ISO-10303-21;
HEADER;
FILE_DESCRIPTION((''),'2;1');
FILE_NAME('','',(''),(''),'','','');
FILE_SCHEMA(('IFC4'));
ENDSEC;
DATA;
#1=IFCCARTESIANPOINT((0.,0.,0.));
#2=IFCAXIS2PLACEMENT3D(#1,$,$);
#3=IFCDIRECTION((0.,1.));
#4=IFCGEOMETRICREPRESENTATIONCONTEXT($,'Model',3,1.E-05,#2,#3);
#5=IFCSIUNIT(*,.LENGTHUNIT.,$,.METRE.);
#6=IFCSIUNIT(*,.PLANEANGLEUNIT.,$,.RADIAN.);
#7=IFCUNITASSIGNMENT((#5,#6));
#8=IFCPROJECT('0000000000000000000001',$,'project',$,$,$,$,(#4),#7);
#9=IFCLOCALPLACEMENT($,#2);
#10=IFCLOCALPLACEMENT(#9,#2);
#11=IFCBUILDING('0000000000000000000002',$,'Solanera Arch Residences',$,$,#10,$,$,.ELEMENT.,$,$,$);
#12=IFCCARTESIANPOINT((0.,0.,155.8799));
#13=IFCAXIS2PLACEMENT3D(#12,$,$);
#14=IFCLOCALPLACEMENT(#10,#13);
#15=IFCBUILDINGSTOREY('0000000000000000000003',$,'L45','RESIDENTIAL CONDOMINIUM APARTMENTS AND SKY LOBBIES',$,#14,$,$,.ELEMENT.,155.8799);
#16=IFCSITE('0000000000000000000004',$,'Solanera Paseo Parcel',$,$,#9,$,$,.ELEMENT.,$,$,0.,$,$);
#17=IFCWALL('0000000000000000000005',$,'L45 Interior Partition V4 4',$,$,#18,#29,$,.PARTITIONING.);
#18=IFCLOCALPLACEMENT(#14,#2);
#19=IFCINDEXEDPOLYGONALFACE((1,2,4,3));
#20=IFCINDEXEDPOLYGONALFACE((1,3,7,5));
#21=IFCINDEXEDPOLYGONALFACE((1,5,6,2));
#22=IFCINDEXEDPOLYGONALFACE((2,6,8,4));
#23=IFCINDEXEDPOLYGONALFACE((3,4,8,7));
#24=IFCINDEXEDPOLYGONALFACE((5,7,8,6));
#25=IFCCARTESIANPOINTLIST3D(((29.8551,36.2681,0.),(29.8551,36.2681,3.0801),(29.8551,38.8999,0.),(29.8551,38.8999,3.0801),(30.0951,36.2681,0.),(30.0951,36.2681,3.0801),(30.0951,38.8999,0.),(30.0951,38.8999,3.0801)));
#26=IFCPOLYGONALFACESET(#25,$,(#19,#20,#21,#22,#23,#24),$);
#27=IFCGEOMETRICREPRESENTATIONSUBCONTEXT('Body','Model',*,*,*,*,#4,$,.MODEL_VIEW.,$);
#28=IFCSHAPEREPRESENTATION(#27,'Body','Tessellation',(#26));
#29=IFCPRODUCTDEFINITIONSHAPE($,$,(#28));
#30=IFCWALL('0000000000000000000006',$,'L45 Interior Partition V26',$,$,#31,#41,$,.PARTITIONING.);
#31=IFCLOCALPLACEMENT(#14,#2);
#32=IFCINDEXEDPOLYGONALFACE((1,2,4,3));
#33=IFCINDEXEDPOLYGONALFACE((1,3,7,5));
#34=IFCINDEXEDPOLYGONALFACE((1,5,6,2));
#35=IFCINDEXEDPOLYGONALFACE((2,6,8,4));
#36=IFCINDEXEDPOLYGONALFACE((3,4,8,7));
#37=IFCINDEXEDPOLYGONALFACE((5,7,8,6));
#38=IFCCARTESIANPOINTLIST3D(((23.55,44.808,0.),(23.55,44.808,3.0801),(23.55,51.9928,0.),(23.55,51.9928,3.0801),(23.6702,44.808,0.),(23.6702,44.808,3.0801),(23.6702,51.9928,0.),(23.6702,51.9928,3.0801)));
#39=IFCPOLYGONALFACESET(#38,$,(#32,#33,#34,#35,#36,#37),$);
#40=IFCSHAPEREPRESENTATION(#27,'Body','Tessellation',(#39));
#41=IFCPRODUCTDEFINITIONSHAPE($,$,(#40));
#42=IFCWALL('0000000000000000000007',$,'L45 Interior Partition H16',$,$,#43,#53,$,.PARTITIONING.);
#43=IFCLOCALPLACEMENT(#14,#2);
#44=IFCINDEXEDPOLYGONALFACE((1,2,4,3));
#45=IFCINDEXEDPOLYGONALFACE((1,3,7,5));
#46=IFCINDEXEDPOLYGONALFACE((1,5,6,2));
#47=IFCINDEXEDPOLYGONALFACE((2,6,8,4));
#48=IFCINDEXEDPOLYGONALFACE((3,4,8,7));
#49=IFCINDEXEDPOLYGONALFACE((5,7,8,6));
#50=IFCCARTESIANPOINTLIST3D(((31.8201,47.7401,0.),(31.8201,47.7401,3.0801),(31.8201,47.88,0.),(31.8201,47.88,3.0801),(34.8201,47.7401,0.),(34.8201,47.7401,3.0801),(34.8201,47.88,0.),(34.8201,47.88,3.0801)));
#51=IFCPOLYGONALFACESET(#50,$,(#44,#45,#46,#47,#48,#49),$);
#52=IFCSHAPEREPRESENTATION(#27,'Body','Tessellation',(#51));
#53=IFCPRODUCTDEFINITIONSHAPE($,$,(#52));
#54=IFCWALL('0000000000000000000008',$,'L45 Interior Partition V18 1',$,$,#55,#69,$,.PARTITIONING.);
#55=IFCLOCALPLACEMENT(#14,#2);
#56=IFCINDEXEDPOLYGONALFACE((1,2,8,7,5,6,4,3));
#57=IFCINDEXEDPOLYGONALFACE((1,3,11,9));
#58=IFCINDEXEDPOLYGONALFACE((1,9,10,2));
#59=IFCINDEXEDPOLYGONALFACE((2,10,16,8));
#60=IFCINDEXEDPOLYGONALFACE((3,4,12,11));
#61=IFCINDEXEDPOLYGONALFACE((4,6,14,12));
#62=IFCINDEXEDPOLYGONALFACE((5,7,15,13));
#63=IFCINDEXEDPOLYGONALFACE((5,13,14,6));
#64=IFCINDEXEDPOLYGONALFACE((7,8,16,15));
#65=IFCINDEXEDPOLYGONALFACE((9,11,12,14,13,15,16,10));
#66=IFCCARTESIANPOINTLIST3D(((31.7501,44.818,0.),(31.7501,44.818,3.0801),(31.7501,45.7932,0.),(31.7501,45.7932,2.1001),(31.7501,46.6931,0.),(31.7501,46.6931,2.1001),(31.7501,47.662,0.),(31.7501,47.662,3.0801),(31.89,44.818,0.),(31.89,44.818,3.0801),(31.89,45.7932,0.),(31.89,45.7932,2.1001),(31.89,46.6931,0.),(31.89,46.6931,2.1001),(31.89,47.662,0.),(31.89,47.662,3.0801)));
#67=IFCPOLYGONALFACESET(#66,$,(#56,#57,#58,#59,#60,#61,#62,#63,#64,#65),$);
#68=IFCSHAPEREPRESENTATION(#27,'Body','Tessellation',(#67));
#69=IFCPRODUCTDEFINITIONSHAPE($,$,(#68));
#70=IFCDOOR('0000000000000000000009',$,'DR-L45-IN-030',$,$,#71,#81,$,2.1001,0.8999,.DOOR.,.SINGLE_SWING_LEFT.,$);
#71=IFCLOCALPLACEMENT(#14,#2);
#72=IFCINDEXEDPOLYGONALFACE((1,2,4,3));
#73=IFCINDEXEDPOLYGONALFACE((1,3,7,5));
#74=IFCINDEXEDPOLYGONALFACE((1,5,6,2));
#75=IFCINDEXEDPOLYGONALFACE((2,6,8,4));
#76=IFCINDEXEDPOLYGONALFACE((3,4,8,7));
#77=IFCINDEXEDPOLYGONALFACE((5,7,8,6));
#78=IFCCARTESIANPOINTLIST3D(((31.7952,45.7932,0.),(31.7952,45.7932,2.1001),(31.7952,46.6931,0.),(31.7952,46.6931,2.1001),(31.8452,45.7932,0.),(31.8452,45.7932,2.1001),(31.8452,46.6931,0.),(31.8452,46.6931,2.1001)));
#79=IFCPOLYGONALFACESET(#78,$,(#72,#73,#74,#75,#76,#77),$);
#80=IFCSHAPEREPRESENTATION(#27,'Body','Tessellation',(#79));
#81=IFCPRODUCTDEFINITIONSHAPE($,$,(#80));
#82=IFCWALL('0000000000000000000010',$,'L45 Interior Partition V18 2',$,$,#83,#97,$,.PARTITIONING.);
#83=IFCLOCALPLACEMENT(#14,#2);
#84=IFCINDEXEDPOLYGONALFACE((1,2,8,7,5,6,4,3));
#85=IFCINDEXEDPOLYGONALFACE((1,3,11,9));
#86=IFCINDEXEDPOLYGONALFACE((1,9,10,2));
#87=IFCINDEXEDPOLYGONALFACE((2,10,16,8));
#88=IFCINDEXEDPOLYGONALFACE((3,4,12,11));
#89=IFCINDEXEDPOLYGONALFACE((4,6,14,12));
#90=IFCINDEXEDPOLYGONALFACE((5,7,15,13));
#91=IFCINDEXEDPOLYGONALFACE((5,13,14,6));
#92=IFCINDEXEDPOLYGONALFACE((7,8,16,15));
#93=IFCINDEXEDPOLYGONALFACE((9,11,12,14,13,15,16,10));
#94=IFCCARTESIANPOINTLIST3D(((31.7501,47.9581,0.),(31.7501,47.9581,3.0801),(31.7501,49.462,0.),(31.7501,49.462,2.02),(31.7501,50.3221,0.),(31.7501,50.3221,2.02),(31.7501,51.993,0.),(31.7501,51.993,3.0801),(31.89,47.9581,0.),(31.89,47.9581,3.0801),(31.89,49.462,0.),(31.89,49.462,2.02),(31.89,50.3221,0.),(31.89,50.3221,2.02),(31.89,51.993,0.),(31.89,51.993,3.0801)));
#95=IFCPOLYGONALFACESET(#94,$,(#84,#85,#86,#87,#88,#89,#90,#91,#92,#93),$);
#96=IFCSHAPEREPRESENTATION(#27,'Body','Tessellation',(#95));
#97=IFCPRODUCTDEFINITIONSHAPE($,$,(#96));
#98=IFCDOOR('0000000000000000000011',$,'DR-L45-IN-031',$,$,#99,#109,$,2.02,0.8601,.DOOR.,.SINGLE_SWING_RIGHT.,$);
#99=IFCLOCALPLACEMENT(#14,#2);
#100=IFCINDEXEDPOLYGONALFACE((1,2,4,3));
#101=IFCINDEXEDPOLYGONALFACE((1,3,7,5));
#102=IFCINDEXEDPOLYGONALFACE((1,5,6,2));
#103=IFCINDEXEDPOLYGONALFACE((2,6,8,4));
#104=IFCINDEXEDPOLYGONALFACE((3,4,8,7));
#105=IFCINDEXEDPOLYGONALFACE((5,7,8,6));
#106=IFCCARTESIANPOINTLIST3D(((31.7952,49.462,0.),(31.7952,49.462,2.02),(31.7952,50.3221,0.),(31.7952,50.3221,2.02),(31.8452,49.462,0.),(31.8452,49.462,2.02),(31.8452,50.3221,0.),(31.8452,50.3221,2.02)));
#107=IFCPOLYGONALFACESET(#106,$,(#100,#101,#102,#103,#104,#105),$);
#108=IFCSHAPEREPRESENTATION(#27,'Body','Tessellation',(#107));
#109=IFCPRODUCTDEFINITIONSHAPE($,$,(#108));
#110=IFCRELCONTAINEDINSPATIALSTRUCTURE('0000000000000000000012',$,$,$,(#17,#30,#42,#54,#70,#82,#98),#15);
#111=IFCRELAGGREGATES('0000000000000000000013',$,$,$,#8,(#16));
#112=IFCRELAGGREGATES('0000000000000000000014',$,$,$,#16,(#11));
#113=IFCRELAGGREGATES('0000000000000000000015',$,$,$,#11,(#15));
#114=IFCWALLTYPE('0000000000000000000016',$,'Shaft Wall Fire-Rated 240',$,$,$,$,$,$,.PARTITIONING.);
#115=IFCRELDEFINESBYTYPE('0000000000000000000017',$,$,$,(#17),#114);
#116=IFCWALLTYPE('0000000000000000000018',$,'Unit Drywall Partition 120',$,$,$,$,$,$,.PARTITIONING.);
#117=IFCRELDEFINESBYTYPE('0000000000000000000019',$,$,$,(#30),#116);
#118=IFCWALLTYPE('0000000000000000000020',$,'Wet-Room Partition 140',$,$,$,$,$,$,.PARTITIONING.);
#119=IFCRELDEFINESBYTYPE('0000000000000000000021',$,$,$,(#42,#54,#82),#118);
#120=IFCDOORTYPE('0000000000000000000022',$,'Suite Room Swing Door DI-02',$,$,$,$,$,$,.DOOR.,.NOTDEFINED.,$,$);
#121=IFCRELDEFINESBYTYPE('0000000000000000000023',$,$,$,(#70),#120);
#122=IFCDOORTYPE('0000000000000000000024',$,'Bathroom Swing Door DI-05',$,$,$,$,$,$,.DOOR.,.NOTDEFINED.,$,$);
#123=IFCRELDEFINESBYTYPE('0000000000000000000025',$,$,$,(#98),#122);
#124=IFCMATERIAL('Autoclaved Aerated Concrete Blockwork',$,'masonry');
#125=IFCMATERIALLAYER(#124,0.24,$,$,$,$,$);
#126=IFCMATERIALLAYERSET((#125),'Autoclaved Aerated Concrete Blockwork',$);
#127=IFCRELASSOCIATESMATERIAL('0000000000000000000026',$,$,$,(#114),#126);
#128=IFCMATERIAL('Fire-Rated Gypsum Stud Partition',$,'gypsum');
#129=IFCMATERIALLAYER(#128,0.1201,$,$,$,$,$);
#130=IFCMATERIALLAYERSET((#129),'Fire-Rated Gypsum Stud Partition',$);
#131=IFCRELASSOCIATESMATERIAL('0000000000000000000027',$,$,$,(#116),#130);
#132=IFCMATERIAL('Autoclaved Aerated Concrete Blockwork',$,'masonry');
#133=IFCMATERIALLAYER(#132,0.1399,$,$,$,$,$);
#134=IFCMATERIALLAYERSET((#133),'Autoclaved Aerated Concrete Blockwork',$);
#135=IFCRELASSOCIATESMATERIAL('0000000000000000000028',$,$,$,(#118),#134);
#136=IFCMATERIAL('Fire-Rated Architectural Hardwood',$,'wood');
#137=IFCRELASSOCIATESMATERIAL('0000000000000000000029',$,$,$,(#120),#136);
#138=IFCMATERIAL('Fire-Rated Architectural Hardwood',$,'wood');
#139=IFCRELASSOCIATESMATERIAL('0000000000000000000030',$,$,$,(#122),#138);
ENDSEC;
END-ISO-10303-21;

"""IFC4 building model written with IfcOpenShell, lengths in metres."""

from ifc_helpers import new_model, si_unit, direction, frame, frame_2d, origin, place, context, subcontext, project, spatial, rectangle, extrude, material, layer, layer_set, type_object, element, fill, save


model = new_model("IFC4")

# Units and contexts
model_context = context("Model", 3, precision=1e-05, world=origin(), true_north=direction((0.0, 1.0)))
body_context = subcontext(model_context, "Body", "Model", "MODEL_VIEW")
ifc_project = project(units=[si_unit("LENGTHUNIT", "METRE"), si_unit("PLANEANGLEUNIT", "RADIAN")], contexts=[model_context])

# Site, building, storey
site_placement = place(None, origin())
site = spatial("IfcSite", under=ifc_project, at=site_placement, Name="Solanera Paseo Parcel", CompositionType="ELEMENT", RefElevation=0.0)
building_placement = place(site_placement, origin())
building = spatial("IfcBuilding", under=site, at=building_placement, Name="Solanera Arch Residences", CompositionType="ELEMENT")
storey_placement = place(building_placement, frame((0.0, 0.0, 155.8799)))
storey = spatial("IfcBuildingStorey", under=building, at=storey_placement, Name="L45", Description="RESIDENTIAL CONDOMINIUM APARTMENTS AND SKY LOBBIES", CompositionType="ELEMENT", Elevation=155.8799)

# Walls
ifc_material_1 = material(Name="Autoclaved Aerated Concrete Blockwork", Category="masonry")
ifc_layer_1 = layer(ifc_material_1, 0.24)
ifc_layer_set_1 = layer_set([ifc_layer_1], Name="Autoclaved Aerated Concrete Blockwork")
wall_type_1 = type_object("IfcWallType", Name="Shaft Wall Fire-Rated 240", PredefinedType="PARTITIONING", material=ifc_layer_set_1)
wall_1_placement = place(storey_placement, frame((29.9751, 36.2681, 0.0), z_axis=(0.0, 0.0, 1.0), x_axis=(0.0, 1.0, 0.0)))
element("IfcWall", 1, at=wall_1_placement, inside=storey, type_object=wall_type_1, Name="L45 Interior Partition V4 4", PredefinedType="PARTITIONING", context=body_context, shape_type="SweptSolid", body=[
    extrude(rectangle(XDim=2.6318, YDim=0.24, at=frame_2d((1.3159, 0.0))), origin(), (0.0, 0.0, 1.0), 3.0801),
])
ifc_material_2 = material(Name="Fire-Rated Gypsum Stud Partition", Category="gypsum")
ifc_layer_2 = layer(ifc_material_2, 0.1201)
ifc_layer_set_2 = layer_set([ifc_layer_2], Name="Fire-Rated Gypsum Stud Partition")
wall_type_2 = type_object("IfcWallType", Name="Unit Drywall Partition 120", PredefinedType="PARTITIONING", material=ifc_layer_set_2)
wall_2_placement = place(storey_placement, frame((23.6101, 44.8081, 0.0), z_axis=(0.0, 0.0, 1.0), x_axis=(0.0, 1.0, 0.0)))
element("IfcWall", 2, at=wall_2_placement, inside=storey, type_object=wall_type_2, Name="L45 Interior Partition V26", PredefinedType="PARTITIONING", context=body_context, shape_type="SweptSolid", body=[
    extrude(rectangle(XDim=7.1848, YDim=0.1201, at=frame_2d((3.5923, 0.0))), origin(), (0.0, 0.0, 1.0), 3.0801),
])
ifc_material_3 = material(Name="Autoclaved Aerated Concrete Blockwork", Category="masonry")
ifc_layer_3 = layer(ifc_material_3, 0.1399)
ifc_layer_set_3 = layer_set([ifc_layer_3], Name="Autoclaved Aerated Concrete Blockwork")
wall_type_3 = type_object("IfcWallType", Name="Wet-Room Partition 140", PredefinedType="PARTITIONING", material=ifc_layer_set_3)
wall_3_placement = place(storey_placement, frame((31.8201, 47.8101, 0.0), z_axis=(0.0, 0.0, 1.0), x_axis=(1.0, 0.0, 0.0)))
element("IfcWall", 3, at=wall_3_placement, inside=storey, type_object=wall_type_3, Name="L45 Interior Partition H16", PredefinedType="PARTITIONING", context=body_context, shape_type="SweptSolid", body=[
    extrude(rectangle(XDim=3.0, YDim=0.1399, at=frame_2d((1.5, 0.0))), origin(), (0.0, 0.0, 1.0), 3.0801),
])

# Walls, openings, doors
wall_4_placement = place(storey_placement, frame((31.8201, 44.8181, 0.0), z_axis=(0.0, 0.0, 1.0), x_axis=(0.0, 1.0, 0.0)))
wall_4 = element("IfcWall", 4, at=wall_4_placement, inside=storey, type_object=wall_type_3, Name="L45 Interior Partition V18 1", PredefinedType="PARTITIONING", context=body_context, shape_type="SweptSolid", body=[
    extrude(rectangle(XDim=2.844, YDim=0.1399, at=frame_2d((1.4219, 0.0))), origin(), (0.0, 0.0, 1.0), 3.0801),
])
opening_1_placement = place(wall_4_placement, frame((0.9751, 0.0, 0.0)))
opening_1 = element("IfcOpeningElement", 5, at=opening_1_placement, cuts=wall_4, PredefinedType="OPENING", context=body_context, shape_type="SweptSolid", body=[
    extrude(rectangle(XDim=0.8999, YDim=2.1001, at=frame_2d((0.45, 1.05))), frame((0.0, 0.0798, 0.0), z_axis=(0.0, -1.0, 0.0), x_axis=(1.0, 0.0, 0.0)), (0.0, 0.0, 1.0), 0.1599),
])
ifc_material_4 = material(Name="Fire-Rated Architectural Hardwood", Category="wood")
door_type_1 = type_object("IfcDoorType", Name="Suite Room Swing Door DI-02", OperationType="NOTDEFINED", PredefinedType="DOOR", material=ifc_material_4)
door_1_placement = place(opening_1_placement, origin())
door_1 = element("IfcDoor", 6, at=door_1_placement, inside=storey, type_object=door_type_1, Name="DR-L45-IN-030", OperationType="SINGLE_SWING_LEFT", OverallHeight=2.1001, OverallWidth=0.8999, PredefinedType="DOOR", context=body_context, shape_type="SweptSolid", body=[
    extrude(rectangle(XDim=0.8999, YDim=2.1001, at=frame_2d((0.45, 1.05))), frame((0.0, 0.0249, 0.0), z_axis=(0.0, -1.0, 0.0), x_axis=(1.0, 0.0, 0.0)), (0.0, 0.0, 1.0), 0.05),
])
fill(opening_1, door_1)
wall_5_placement = place(storey_placement, frame((31.8201, 47.958, 0.0), z_axis=(0.0, 0.0, 1.0), x_axis=(0.0, 1.0, 0.0)))
wall_5 = element("IfcWall", 7, at=wall_5_placement, inside=storey, type_object=wall_type_3, Name="L45 Interior Partition V18 2", PredefinedType="PARTITIONING", context=body_context, shape_type="SweptSolid", body=[
    extrude(rectangle(XDim=4.0349, YDim=0.1399, at=frame_2d((2.0176, 0.0))), origin(), (0.0, 0.0, 1.0), 3.0801),
])
opening_2_placement = place(wall_5_placement, frame((1.5039, 0.0, 0.0)))
opening_2 = element("IfcOpeningElement", 8, at=opening_2_placement, cuts=wall_5, PredefinedType="OPENING", context=body_context, shape_type="SweptSolid", body=[
    extrude(rectangle(XDim=0.8601, YDim=2.02, at=frame_2d((0.4302, 1.01))), frame((0.0, 0.0798, 0.0), z_axis=(0.0, -1.0, 0.0), x_axis=(1.0, 0.0, 0.0)), (0.0, 0.0, 1.0), 0.1599),
])
ifc_material_5 = material(Name="Fire-Rated Architectural Hardwood", Category="wood")
door_type_2 = type_object("IfcDoorType", Name="Bathroom Swing Door DI-05", OperationType="NOTDEFINED", PredefinedType="DOOR", material=ifc_material_5)
door_2_placement = place(opening_2_placement, origin())
door_2 = element("IfcDoor", 9, at=door_2_placement, inside=storey, type_object=door_type_2, Name="DR-L45-IN-031", OperationType="SINGLE_SWING_RIGHT", OverallHeight=2.02, OverallWidth=0.8601, PredefinedType="DOOR", context=body_context, shape_type="SweptSolid", body=[
    extrude(rectangle(XDim=0.8601, YDim=2.02, at=frame_2d((0.4302, 1.01))), frame((0.0, 0.0249, 0.0), z_axis=(0.0, -1.0, 0.0), x_axis=(1.0, 0.0, 0.0)), (0.0, 0.0, 1.0), 0.05),
])
fill(opening_2, door_2)

save(model, "model.ifc")
